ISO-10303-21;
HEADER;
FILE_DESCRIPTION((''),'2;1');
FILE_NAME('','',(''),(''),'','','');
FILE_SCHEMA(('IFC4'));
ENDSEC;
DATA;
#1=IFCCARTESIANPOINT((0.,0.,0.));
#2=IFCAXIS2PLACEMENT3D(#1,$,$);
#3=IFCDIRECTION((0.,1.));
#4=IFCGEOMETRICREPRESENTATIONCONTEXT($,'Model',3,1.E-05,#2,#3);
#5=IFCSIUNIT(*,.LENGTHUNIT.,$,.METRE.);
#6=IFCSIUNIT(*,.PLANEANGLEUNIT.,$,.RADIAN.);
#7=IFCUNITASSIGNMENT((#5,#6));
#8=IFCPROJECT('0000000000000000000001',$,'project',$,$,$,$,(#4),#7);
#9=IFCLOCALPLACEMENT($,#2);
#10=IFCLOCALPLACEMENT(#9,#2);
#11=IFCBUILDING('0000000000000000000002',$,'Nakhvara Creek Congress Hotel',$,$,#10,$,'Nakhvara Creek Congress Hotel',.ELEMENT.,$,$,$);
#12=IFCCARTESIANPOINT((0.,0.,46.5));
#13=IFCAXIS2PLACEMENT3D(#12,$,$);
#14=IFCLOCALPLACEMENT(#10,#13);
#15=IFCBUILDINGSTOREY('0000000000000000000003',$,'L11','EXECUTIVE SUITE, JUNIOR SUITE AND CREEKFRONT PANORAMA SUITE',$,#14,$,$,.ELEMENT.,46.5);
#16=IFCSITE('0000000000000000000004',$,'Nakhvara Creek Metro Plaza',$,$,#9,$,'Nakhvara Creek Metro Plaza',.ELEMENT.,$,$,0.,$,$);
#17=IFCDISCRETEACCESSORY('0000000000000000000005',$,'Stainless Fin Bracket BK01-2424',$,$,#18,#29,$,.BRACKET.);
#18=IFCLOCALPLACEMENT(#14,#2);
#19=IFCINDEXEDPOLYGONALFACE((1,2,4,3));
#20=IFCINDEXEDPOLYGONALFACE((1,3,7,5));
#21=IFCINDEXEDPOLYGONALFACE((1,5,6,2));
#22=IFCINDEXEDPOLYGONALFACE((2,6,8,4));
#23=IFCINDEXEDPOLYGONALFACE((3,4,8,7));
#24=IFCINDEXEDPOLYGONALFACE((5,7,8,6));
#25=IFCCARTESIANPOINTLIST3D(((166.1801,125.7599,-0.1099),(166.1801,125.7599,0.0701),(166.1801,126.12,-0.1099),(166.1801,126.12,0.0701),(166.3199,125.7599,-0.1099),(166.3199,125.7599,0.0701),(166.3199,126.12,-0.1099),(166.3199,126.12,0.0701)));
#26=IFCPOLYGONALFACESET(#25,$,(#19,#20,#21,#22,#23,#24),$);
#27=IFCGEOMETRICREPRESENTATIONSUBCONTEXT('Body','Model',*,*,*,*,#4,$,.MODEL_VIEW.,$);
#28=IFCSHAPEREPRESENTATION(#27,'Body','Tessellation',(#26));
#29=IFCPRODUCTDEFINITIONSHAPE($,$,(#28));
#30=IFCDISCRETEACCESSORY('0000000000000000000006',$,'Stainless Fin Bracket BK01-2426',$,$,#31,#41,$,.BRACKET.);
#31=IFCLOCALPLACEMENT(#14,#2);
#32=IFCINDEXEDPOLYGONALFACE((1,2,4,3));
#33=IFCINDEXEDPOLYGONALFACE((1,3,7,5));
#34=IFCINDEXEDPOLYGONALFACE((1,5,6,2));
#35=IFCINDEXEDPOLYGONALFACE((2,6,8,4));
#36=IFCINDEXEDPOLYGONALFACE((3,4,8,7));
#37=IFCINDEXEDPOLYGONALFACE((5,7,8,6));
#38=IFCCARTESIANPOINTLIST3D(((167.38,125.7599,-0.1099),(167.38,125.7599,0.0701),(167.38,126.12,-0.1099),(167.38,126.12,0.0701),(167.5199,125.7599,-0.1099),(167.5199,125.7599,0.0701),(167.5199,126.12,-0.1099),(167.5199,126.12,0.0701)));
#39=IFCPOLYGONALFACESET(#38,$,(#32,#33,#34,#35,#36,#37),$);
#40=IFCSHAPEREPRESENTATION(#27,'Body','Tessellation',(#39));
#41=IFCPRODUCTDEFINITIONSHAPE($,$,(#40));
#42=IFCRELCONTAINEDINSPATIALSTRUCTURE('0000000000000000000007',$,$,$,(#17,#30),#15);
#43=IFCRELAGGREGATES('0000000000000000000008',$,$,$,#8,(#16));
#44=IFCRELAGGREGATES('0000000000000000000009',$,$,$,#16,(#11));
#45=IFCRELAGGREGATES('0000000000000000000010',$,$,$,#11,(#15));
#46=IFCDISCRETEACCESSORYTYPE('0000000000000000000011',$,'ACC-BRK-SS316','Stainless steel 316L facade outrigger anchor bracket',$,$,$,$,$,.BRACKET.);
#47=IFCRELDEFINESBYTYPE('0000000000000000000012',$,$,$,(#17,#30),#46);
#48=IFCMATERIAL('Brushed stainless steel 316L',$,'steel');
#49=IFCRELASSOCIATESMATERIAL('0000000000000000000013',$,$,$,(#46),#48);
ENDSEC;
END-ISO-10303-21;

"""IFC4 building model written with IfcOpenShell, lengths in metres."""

from ifc_helpers import new_model, si_unit, direction, frame, origin, origin_2d, place, context, subcontext, project, spatial, rectangle, extrude, material, type_object, element, save


model = new_model("IFC4")

# Units and contexts
model_context = context("Model", 3, precision=1e-05, world=origin(), true_north=direction((0.0, 1.0)))
body_context = subcontext(model_context, "Body", "Model", "MODEL_VIEW")
ifc_project = project(units=[si_unit("LENGTHUNIT", "METRE"), si_unit("PLANEANGLEUNIT", "RADIAN")], contexts=[model_context])

# Site, building, storey
site_placement = place(None, origin())
site = spatial("IfcSite", under=ifc_project, at=site_placement, Name="Nakhvara Creek Metro Plaza", LongName="Nakhvara Creek Metro Plaza", CompositionType="ELEMENT", RefElevation=0.0)
building_placement = place(site_placement, origin())
building = spatial("IfcBuilding", under=site, at=building_placement, Name="Nakhvara Creek Congress Hotel", LongName="Nakhvara Creek Congress Hotel", CompositionType="ELEMENT")
storey_placement = place(building_placement, frame((0.0, 0.0, 46.5)))
storey = spatial("IfcBuildingStorey", under=building, at=storey_placement, Name="L11", Description="EXECUTIVE SUITE, JUNIOR SUITE AND CREEKFRONT PANORAMA SUITE", CompositionType="ELEMENT", Elevation=46.5)

# Discrete accessories
ifc_material_1 = material(Name="Brushed stainless steel 316L", Category="steel")
discrete_accessory_type = type_object("IfcDiscreteAccessoryType", Name="ACC-BRK-SS316", Description="Stainless steel 316L facade outrigger anchor bracket", PredefinedType="BRACKET", material=ifc_material_1)
for number, where, z_axis, x_axis, name in (
    (1, (166.25, 125.9399, -0.1099), (0.0, 0.0, 1.0), (1.0, 0.0, 0.0), "Stainless Fin Bracket BK01-2424"),
    (2, (167.45, 125.9399, -0.1099), (0.0, 0.0, 1.0), (1.0, 0.0, 0.0), "Stainless Fin Bracket BK01-2426"),
):
    element("IfcDiscreteAccessory", number, at=place(storey_placement, frame(where, z_axis=z_axis, x_axis=x_axis)), inside=storey, type_object=discrete_accessory_type, Name=name, PredefinedType="BRACKET", context=body_context, shape_type="SweptSolid", body=[
        extrude(rectangle(XDim=0.1399, YDim=0.3601, at=origin_2d()), origin(), (0.0, 0.0, 1.0), 0.1799),
    ])

save(model, "model.ifc")
